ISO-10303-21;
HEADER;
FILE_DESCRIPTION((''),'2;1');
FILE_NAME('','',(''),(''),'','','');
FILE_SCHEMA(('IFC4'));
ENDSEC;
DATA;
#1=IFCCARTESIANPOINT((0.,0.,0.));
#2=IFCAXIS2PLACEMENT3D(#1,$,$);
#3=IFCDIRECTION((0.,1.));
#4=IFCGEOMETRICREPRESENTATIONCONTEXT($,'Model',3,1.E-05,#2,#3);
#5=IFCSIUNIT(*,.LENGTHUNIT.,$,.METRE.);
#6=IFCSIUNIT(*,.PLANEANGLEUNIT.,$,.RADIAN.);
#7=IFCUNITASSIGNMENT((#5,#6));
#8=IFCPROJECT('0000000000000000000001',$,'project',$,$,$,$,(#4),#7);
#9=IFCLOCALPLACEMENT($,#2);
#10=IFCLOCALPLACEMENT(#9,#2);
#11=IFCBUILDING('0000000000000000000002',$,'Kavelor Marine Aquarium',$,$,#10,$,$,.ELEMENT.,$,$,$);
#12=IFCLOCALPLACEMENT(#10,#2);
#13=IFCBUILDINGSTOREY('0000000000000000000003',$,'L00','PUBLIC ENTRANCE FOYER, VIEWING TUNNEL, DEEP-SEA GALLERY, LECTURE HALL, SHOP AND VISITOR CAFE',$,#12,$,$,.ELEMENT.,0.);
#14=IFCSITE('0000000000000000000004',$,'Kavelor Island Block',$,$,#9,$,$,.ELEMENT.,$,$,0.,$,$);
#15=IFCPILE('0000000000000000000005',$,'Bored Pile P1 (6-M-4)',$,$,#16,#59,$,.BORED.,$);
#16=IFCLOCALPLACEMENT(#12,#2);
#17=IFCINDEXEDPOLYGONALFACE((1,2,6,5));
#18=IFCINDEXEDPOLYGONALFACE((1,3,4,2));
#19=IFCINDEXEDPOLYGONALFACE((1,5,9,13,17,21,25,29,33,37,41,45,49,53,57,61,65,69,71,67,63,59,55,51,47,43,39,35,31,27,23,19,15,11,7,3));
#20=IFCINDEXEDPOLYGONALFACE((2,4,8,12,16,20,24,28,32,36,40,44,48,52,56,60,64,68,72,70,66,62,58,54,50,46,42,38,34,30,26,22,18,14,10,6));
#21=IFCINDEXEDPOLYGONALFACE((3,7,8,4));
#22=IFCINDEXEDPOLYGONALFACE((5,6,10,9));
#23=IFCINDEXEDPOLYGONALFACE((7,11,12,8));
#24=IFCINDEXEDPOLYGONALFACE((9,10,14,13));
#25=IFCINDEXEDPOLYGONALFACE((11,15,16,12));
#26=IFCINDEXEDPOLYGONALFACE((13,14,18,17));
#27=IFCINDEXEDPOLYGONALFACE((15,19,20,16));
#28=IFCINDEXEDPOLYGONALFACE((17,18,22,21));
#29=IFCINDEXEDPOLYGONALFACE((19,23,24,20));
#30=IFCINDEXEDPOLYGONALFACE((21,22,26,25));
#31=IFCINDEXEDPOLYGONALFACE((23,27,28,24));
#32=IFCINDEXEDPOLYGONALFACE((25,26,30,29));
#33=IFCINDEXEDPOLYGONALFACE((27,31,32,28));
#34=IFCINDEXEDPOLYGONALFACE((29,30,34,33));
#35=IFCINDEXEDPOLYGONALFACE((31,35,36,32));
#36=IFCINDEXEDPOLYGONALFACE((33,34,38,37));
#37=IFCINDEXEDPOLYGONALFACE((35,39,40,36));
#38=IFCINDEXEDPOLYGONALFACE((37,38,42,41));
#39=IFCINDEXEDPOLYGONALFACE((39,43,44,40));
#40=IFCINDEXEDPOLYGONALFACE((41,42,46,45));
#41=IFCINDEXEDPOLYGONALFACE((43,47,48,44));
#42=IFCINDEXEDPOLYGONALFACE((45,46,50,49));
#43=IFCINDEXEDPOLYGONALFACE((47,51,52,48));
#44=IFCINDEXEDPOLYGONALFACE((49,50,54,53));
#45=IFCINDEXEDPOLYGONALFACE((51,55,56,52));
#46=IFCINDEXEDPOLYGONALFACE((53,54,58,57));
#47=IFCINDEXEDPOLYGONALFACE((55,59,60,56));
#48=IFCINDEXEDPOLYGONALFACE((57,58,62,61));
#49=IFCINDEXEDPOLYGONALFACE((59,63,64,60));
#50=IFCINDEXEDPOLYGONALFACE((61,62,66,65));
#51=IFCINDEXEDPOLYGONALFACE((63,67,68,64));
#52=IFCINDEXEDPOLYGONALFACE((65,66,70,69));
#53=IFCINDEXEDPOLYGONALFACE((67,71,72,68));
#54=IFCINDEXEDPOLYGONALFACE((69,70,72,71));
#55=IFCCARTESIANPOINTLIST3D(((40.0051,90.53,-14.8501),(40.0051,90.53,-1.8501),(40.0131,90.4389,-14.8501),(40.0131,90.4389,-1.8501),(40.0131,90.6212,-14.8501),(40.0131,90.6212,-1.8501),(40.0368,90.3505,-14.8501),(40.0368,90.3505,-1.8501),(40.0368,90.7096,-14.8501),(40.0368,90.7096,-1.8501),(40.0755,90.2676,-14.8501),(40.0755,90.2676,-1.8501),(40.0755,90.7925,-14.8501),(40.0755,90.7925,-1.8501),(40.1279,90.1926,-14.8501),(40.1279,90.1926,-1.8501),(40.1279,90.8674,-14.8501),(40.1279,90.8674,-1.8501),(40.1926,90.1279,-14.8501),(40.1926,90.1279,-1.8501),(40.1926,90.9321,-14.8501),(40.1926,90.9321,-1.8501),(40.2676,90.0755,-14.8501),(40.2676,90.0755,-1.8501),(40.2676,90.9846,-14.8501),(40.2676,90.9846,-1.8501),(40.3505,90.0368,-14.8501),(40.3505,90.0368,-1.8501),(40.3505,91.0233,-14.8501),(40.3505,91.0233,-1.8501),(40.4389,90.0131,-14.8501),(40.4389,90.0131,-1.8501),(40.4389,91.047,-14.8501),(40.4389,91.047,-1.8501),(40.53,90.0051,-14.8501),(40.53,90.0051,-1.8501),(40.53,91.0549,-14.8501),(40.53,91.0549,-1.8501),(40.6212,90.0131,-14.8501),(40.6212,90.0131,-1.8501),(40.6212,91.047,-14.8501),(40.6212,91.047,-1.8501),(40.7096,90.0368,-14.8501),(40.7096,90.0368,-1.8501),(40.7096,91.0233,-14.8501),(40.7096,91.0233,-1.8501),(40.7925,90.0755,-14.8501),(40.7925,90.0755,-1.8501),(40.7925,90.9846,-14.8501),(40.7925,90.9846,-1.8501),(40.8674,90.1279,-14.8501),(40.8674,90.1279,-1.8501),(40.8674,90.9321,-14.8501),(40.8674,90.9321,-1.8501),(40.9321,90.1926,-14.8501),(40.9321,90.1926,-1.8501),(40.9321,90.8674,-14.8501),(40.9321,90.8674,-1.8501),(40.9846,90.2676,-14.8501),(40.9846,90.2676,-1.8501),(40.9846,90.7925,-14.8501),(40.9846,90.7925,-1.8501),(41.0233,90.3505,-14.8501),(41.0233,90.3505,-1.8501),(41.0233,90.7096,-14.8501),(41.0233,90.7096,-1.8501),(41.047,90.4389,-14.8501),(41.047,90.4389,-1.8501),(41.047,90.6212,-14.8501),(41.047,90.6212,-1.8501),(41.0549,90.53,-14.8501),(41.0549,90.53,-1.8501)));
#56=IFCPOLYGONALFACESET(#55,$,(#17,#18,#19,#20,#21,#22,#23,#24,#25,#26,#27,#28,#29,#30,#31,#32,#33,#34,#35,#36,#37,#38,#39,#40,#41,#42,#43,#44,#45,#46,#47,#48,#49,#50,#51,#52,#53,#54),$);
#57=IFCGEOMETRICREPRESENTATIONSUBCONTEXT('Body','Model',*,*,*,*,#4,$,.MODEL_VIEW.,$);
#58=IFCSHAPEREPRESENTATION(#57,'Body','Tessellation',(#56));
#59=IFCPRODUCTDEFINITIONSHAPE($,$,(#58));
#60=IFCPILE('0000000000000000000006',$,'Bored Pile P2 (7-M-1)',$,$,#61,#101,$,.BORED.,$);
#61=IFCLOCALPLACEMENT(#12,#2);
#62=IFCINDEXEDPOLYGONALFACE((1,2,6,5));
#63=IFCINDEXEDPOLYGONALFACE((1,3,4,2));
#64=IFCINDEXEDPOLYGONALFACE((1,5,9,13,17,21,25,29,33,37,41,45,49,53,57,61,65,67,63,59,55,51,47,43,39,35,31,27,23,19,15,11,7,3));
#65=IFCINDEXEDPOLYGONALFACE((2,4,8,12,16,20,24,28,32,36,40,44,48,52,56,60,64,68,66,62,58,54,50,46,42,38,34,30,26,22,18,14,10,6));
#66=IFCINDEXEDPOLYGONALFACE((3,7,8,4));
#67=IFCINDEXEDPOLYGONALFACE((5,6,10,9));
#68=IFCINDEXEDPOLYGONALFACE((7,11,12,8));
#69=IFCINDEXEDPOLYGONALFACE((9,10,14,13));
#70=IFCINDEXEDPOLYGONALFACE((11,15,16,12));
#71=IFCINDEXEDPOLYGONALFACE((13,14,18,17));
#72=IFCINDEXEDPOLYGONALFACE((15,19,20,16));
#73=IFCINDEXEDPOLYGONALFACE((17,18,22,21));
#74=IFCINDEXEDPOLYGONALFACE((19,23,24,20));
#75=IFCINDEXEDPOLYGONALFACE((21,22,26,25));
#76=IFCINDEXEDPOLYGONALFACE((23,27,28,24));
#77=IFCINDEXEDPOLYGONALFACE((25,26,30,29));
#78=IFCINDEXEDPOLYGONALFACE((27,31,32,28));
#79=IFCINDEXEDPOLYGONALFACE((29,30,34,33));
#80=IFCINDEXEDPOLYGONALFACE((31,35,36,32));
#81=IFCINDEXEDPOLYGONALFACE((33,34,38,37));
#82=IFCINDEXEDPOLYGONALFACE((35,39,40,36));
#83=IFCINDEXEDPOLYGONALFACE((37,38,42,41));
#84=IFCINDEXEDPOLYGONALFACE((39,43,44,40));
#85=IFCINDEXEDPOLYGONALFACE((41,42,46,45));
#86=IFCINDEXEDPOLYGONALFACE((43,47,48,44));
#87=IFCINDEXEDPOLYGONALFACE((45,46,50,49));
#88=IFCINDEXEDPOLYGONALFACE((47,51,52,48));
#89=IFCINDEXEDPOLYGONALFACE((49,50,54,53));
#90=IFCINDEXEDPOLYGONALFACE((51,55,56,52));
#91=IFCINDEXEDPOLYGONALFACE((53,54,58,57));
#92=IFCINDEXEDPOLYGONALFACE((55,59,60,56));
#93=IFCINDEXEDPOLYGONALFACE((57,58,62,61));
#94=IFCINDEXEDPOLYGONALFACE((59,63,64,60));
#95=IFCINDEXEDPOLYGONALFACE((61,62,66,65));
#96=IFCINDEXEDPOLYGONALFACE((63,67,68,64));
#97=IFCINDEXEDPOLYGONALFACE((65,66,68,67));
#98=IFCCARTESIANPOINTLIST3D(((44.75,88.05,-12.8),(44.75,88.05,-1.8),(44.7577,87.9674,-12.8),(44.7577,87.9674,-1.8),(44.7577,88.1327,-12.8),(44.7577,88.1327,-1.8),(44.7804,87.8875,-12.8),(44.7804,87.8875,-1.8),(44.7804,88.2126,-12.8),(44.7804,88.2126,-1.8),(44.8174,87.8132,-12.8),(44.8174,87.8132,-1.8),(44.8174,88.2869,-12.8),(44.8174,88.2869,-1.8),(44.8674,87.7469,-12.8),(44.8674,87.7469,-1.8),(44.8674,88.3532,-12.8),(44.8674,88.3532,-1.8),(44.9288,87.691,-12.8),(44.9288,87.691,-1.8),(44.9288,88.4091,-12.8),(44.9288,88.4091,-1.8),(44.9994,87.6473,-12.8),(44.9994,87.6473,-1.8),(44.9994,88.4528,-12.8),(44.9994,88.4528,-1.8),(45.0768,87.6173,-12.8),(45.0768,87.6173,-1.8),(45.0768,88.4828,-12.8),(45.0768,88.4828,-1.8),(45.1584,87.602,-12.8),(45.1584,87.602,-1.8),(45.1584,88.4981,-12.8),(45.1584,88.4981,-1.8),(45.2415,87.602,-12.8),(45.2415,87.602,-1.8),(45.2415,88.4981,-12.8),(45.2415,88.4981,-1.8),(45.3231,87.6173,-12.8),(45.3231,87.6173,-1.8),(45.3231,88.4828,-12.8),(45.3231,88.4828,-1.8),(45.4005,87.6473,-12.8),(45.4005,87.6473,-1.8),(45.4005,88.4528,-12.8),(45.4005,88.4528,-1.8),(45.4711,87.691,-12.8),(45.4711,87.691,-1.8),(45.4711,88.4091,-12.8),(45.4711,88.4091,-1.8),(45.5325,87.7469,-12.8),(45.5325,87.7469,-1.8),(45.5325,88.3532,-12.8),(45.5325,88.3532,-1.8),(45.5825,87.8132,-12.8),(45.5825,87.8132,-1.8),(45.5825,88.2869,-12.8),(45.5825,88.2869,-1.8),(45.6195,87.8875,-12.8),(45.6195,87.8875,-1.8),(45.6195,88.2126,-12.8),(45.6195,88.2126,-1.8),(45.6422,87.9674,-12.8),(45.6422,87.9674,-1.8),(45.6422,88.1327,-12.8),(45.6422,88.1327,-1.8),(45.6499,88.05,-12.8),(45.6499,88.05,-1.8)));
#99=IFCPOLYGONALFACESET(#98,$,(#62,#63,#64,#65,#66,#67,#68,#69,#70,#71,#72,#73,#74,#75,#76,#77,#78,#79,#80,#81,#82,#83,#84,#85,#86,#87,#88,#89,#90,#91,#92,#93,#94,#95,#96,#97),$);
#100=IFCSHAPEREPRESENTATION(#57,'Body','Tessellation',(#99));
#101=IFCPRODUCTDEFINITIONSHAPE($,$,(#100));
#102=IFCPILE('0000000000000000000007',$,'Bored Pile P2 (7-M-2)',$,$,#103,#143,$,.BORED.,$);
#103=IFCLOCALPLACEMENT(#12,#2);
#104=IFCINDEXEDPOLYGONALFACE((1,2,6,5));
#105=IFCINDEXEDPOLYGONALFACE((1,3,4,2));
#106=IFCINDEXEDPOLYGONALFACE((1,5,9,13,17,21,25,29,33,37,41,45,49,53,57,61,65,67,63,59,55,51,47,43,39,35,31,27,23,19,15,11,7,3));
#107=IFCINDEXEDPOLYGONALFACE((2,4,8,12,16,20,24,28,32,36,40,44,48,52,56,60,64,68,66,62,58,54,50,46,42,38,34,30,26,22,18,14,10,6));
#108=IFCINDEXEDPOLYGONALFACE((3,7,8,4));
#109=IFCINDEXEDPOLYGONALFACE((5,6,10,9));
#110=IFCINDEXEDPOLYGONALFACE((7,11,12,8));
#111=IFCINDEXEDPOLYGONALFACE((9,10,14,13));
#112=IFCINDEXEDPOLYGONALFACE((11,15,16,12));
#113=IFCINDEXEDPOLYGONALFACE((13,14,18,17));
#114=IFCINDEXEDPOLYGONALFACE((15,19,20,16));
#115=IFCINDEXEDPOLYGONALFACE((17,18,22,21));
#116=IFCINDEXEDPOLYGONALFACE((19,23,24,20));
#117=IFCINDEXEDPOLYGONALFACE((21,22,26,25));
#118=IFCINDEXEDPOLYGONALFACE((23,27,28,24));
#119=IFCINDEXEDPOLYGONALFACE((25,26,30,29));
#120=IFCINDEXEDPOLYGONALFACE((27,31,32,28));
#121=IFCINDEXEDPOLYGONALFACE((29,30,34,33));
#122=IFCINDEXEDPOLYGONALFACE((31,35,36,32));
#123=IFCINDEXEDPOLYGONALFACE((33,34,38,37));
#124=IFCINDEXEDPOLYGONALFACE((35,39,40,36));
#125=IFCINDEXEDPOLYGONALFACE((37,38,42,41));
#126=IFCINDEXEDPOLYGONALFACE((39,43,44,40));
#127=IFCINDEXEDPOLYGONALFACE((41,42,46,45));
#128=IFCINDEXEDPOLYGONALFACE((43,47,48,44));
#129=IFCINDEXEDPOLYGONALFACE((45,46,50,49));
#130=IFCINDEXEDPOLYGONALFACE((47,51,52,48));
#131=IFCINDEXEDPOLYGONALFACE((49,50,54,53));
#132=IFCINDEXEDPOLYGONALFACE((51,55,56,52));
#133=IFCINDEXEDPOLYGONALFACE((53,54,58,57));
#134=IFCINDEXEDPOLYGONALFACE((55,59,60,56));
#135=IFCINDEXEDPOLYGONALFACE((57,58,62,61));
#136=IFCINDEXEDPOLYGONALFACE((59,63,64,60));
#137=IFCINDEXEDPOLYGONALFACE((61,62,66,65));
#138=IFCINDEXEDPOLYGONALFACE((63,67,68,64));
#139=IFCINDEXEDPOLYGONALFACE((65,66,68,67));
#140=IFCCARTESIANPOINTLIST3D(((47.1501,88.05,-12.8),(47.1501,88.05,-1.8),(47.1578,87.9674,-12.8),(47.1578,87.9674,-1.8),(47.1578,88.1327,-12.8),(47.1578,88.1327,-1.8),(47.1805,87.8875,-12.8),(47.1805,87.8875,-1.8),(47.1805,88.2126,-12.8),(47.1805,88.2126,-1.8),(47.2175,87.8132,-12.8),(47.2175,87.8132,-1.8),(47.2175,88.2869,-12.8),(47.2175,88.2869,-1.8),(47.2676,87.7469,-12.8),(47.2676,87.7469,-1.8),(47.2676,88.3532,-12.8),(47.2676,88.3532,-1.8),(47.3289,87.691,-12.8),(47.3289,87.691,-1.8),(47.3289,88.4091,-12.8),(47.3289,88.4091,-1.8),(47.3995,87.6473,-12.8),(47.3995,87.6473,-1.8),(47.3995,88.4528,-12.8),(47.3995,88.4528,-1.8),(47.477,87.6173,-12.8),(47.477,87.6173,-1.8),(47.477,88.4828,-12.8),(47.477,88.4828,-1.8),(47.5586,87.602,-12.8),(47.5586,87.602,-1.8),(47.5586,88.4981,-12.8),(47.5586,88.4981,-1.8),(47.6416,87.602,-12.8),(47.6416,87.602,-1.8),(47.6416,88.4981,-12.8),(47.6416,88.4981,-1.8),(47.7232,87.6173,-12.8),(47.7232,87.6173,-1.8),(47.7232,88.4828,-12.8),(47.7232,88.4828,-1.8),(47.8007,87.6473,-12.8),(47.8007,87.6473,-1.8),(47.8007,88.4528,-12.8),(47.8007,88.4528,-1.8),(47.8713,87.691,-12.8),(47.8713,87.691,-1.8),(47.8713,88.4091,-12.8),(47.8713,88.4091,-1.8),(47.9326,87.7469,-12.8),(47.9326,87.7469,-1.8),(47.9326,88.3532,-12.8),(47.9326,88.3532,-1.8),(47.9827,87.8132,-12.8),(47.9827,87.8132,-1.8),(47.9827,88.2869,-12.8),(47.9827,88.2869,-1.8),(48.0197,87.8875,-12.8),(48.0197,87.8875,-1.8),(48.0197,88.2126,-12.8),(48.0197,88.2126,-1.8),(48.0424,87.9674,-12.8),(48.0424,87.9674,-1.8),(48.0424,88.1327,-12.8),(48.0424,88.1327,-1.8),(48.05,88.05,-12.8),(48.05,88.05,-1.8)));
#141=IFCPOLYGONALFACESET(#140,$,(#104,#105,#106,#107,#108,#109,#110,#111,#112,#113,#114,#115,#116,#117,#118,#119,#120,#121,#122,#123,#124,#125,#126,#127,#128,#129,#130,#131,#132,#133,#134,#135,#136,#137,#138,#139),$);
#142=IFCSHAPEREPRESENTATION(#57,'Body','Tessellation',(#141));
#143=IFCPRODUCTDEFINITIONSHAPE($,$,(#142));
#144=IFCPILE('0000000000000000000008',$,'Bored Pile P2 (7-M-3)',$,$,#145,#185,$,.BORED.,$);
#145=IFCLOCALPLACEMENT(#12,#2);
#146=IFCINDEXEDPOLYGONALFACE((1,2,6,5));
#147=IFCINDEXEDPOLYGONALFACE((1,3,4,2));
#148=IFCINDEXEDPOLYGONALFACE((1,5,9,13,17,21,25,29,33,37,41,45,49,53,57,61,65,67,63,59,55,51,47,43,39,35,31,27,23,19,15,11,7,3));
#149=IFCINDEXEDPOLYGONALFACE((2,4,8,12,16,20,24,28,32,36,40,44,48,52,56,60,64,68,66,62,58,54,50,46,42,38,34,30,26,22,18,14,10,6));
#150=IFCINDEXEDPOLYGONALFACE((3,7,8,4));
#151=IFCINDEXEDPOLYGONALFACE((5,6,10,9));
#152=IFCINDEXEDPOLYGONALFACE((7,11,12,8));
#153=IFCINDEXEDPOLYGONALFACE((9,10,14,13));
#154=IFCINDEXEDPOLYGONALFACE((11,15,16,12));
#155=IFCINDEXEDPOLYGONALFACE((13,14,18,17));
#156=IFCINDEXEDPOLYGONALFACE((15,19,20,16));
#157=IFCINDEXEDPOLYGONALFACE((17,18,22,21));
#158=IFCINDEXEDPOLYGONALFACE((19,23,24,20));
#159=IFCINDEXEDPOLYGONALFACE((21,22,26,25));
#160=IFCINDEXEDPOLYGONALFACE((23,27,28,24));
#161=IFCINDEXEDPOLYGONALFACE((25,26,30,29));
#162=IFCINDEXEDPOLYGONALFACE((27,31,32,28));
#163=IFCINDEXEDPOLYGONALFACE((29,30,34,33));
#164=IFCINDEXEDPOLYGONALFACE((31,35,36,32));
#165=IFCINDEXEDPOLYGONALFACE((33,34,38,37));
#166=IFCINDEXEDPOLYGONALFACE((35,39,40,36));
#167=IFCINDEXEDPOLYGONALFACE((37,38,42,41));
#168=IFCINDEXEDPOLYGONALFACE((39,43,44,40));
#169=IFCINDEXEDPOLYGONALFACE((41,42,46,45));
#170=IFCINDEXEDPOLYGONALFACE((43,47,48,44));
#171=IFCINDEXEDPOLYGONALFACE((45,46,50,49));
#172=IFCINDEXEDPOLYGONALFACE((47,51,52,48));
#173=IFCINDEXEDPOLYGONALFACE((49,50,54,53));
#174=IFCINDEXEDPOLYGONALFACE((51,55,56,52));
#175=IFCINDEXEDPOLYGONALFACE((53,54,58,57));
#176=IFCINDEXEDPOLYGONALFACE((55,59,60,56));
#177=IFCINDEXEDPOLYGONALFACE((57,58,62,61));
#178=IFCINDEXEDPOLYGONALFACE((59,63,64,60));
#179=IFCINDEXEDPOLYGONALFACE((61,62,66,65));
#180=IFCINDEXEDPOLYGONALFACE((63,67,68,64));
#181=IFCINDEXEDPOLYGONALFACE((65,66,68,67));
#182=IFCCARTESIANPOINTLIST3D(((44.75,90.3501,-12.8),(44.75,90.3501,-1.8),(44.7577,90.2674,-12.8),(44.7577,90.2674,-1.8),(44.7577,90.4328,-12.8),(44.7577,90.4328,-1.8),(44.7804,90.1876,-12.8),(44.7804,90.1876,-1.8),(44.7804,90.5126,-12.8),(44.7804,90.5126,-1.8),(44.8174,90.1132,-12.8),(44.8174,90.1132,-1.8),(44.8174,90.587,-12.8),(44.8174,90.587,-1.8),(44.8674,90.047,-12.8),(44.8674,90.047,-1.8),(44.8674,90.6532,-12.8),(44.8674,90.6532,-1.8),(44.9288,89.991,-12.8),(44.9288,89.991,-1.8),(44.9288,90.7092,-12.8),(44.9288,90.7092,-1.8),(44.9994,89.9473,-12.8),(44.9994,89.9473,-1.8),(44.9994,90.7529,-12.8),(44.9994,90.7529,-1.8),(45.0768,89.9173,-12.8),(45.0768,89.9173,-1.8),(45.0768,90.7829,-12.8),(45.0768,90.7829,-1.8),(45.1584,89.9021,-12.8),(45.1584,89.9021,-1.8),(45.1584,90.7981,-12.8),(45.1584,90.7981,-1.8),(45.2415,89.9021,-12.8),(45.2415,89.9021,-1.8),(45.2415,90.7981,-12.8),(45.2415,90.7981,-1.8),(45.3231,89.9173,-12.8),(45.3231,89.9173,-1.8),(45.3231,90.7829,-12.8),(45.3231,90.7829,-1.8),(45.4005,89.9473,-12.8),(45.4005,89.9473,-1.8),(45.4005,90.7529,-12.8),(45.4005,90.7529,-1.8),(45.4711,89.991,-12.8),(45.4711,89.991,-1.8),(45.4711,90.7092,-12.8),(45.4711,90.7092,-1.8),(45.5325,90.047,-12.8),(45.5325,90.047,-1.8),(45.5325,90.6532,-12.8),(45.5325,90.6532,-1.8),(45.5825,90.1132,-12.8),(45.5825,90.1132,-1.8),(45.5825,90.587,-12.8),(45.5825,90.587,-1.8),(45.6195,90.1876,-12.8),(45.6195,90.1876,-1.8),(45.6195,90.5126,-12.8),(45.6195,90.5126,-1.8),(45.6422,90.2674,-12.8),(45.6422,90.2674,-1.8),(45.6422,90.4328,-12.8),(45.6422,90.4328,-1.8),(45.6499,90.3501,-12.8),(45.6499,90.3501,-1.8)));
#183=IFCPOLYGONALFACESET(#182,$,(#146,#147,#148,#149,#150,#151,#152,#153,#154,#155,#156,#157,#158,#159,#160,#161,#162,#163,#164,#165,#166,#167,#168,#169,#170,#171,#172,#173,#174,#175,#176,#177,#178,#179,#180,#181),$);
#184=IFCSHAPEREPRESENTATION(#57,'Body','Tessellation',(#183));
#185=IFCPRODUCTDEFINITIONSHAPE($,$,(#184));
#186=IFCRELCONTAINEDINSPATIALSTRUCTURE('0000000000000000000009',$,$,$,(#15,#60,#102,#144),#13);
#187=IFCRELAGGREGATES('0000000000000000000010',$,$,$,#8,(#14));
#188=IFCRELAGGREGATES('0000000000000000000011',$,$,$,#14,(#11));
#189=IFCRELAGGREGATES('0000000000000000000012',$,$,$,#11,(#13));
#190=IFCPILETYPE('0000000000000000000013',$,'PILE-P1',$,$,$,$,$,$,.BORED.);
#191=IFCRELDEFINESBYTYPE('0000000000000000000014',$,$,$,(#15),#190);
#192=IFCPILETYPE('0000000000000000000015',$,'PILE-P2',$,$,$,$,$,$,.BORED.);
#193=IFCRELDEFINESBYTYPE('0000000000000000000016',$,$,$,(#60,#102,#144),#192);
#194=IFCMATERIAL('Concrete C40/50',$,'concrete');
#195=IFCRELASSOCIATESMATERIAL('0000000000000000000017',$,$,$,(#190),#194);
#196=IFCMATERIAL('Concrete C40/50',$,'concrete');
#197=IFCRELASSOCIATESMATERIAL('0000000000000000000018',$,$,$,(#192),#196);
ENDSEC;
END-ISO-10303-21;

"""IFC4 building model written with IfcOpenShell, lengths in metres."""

from ifc_helpers import new_model, si_unit, direction, frame, origin, origin_2d, place, context, subcontext, project, spatial, circle, extrude, material, material_profile, profile_set, type_object, element, save


model = new_model("IFC4")

# Units and contexts
model_context = context("Model", 3, precision=1e-05, world=origin(), true_north=direction((0.0, 1.0)))
body_context = subcontext(model_context, "Body", "Model", "MODEL_VIEW")
ifc_project = project(units=[si_unit("LENGTHUNIT", "METRE"), si_unit("PLANEANGLEUNIT", "RADIAN")], contexts=[model_context])

# Site, building, storey
site_placement = place(None, origin())
site = spatial("IfcSite", under=ifc_project, at=site_placement, Name="Kavelor Island Block", CompositionType="ELEMENT", RefElevation=0.0)
building_placement = place(site_placement, origin())
building = spatial("IfcBuilding", under=site, at=building_placement, Name="Kavelor Marine Aquarium", CompositionType="ELEMENT")
storey_placement = place(building_placement, origin())
storey = spatial("IfcBuildingStorey", under=building, at=storey_placement, Name="L00", Description="PUBLIC ENTRANCE FOYER, VIEWING TUNNEL, DEEP-SEA GALLERY, LECTURE HALL, SHOP AND VISITOR CAFE", CompositionType="ELEMENT", Elevation=0.0)

# Piles
ifc_material_1 = material(Name="Concrete C40/50", Category="concrete")
ifc_material_profile_1 = material_profile(ifc_material_1, circle(Radius=0.5249, at=origin_2d()), Name="PILE D1050")
ifc_profile_set_1 = profile_set([ifc_material_profile_1], Name="Concrete C40/50")
pile_type_1 = type_object("IfcPileType", Name="PILE-P1", PredefinedType="BORED", material=ifc_profile_set_1)
for number, where, z_axis, x_axis, name in (
    (1, (40.53, 90.53, -1.8501), (0.0, 0.0, -1.0), (1.0, 0.0, 0.0), "Bored Pile P1 (6-M-4)"),
):
    element("IfcPile", number, at=place(storey_placement, frame(where, z_axis=z_axis, x_axis=x_axis)), inside=storey, type_object=pile_type_1, Name=name, PredefinedType="BORED", context=body_context, shape_type="SweptSolid", body=[
        extrude(circle(Radius=0.5249, at=origin_2d()), origin(), (0.0, 0.0, 1.0), 13.0),
    ])
ifc_material_2 = material(Name="Concrete C40/50", Category="concrete")
ifc_material_profile_2 = material_profile(ifc_material_2, circle(Radius=0.45, at=origin_2d()), Name="PILE D900")
ifc_profile_set_2 = profile_set([ifc_material_profile_2], Name="Concrete C40/50")
pile_type_2 = type_object("IfcPileType", Name="PILE-P2", PredefinedType="BORED", material=ifc_profile_set_2)
for number, where, z_axis, x_axis, name in (
    (2, (45.2, 88.05, -1.8), (0.0, 0.0, -1.0), (1.0, 0.0, 0.0), "Bored Pile P2 (7-M-1)"),
    (3, (47.6001, 88.05, -1.8), (0.0, 0.0, -1.0), (1.0, 0.0, 0.0), "Bored Pile P2 (7-M-2)"),
    (4, (45.2, 90.3501, -1.8), (0.0, 0.0, -1.0), (1.0, 0.0, 0.0), "Bored Pile P2 (7-M-3)"),
):
    element("IfcPile", number, at=place(storey_placement, frame(where, z_axis=z_axis, x_axis=x_axis)), inside=storey, type_object=pile_type_2, Name=name, PredefinedType="BORED", context=body_context, shape_type="SweptSolid", body=[
        extrude(circle(Radius=0.45, at=origin_2d()), origin(), (0.0, 0.0, 1.0), 11.0),
    ])

save(model, "model.ifc")
